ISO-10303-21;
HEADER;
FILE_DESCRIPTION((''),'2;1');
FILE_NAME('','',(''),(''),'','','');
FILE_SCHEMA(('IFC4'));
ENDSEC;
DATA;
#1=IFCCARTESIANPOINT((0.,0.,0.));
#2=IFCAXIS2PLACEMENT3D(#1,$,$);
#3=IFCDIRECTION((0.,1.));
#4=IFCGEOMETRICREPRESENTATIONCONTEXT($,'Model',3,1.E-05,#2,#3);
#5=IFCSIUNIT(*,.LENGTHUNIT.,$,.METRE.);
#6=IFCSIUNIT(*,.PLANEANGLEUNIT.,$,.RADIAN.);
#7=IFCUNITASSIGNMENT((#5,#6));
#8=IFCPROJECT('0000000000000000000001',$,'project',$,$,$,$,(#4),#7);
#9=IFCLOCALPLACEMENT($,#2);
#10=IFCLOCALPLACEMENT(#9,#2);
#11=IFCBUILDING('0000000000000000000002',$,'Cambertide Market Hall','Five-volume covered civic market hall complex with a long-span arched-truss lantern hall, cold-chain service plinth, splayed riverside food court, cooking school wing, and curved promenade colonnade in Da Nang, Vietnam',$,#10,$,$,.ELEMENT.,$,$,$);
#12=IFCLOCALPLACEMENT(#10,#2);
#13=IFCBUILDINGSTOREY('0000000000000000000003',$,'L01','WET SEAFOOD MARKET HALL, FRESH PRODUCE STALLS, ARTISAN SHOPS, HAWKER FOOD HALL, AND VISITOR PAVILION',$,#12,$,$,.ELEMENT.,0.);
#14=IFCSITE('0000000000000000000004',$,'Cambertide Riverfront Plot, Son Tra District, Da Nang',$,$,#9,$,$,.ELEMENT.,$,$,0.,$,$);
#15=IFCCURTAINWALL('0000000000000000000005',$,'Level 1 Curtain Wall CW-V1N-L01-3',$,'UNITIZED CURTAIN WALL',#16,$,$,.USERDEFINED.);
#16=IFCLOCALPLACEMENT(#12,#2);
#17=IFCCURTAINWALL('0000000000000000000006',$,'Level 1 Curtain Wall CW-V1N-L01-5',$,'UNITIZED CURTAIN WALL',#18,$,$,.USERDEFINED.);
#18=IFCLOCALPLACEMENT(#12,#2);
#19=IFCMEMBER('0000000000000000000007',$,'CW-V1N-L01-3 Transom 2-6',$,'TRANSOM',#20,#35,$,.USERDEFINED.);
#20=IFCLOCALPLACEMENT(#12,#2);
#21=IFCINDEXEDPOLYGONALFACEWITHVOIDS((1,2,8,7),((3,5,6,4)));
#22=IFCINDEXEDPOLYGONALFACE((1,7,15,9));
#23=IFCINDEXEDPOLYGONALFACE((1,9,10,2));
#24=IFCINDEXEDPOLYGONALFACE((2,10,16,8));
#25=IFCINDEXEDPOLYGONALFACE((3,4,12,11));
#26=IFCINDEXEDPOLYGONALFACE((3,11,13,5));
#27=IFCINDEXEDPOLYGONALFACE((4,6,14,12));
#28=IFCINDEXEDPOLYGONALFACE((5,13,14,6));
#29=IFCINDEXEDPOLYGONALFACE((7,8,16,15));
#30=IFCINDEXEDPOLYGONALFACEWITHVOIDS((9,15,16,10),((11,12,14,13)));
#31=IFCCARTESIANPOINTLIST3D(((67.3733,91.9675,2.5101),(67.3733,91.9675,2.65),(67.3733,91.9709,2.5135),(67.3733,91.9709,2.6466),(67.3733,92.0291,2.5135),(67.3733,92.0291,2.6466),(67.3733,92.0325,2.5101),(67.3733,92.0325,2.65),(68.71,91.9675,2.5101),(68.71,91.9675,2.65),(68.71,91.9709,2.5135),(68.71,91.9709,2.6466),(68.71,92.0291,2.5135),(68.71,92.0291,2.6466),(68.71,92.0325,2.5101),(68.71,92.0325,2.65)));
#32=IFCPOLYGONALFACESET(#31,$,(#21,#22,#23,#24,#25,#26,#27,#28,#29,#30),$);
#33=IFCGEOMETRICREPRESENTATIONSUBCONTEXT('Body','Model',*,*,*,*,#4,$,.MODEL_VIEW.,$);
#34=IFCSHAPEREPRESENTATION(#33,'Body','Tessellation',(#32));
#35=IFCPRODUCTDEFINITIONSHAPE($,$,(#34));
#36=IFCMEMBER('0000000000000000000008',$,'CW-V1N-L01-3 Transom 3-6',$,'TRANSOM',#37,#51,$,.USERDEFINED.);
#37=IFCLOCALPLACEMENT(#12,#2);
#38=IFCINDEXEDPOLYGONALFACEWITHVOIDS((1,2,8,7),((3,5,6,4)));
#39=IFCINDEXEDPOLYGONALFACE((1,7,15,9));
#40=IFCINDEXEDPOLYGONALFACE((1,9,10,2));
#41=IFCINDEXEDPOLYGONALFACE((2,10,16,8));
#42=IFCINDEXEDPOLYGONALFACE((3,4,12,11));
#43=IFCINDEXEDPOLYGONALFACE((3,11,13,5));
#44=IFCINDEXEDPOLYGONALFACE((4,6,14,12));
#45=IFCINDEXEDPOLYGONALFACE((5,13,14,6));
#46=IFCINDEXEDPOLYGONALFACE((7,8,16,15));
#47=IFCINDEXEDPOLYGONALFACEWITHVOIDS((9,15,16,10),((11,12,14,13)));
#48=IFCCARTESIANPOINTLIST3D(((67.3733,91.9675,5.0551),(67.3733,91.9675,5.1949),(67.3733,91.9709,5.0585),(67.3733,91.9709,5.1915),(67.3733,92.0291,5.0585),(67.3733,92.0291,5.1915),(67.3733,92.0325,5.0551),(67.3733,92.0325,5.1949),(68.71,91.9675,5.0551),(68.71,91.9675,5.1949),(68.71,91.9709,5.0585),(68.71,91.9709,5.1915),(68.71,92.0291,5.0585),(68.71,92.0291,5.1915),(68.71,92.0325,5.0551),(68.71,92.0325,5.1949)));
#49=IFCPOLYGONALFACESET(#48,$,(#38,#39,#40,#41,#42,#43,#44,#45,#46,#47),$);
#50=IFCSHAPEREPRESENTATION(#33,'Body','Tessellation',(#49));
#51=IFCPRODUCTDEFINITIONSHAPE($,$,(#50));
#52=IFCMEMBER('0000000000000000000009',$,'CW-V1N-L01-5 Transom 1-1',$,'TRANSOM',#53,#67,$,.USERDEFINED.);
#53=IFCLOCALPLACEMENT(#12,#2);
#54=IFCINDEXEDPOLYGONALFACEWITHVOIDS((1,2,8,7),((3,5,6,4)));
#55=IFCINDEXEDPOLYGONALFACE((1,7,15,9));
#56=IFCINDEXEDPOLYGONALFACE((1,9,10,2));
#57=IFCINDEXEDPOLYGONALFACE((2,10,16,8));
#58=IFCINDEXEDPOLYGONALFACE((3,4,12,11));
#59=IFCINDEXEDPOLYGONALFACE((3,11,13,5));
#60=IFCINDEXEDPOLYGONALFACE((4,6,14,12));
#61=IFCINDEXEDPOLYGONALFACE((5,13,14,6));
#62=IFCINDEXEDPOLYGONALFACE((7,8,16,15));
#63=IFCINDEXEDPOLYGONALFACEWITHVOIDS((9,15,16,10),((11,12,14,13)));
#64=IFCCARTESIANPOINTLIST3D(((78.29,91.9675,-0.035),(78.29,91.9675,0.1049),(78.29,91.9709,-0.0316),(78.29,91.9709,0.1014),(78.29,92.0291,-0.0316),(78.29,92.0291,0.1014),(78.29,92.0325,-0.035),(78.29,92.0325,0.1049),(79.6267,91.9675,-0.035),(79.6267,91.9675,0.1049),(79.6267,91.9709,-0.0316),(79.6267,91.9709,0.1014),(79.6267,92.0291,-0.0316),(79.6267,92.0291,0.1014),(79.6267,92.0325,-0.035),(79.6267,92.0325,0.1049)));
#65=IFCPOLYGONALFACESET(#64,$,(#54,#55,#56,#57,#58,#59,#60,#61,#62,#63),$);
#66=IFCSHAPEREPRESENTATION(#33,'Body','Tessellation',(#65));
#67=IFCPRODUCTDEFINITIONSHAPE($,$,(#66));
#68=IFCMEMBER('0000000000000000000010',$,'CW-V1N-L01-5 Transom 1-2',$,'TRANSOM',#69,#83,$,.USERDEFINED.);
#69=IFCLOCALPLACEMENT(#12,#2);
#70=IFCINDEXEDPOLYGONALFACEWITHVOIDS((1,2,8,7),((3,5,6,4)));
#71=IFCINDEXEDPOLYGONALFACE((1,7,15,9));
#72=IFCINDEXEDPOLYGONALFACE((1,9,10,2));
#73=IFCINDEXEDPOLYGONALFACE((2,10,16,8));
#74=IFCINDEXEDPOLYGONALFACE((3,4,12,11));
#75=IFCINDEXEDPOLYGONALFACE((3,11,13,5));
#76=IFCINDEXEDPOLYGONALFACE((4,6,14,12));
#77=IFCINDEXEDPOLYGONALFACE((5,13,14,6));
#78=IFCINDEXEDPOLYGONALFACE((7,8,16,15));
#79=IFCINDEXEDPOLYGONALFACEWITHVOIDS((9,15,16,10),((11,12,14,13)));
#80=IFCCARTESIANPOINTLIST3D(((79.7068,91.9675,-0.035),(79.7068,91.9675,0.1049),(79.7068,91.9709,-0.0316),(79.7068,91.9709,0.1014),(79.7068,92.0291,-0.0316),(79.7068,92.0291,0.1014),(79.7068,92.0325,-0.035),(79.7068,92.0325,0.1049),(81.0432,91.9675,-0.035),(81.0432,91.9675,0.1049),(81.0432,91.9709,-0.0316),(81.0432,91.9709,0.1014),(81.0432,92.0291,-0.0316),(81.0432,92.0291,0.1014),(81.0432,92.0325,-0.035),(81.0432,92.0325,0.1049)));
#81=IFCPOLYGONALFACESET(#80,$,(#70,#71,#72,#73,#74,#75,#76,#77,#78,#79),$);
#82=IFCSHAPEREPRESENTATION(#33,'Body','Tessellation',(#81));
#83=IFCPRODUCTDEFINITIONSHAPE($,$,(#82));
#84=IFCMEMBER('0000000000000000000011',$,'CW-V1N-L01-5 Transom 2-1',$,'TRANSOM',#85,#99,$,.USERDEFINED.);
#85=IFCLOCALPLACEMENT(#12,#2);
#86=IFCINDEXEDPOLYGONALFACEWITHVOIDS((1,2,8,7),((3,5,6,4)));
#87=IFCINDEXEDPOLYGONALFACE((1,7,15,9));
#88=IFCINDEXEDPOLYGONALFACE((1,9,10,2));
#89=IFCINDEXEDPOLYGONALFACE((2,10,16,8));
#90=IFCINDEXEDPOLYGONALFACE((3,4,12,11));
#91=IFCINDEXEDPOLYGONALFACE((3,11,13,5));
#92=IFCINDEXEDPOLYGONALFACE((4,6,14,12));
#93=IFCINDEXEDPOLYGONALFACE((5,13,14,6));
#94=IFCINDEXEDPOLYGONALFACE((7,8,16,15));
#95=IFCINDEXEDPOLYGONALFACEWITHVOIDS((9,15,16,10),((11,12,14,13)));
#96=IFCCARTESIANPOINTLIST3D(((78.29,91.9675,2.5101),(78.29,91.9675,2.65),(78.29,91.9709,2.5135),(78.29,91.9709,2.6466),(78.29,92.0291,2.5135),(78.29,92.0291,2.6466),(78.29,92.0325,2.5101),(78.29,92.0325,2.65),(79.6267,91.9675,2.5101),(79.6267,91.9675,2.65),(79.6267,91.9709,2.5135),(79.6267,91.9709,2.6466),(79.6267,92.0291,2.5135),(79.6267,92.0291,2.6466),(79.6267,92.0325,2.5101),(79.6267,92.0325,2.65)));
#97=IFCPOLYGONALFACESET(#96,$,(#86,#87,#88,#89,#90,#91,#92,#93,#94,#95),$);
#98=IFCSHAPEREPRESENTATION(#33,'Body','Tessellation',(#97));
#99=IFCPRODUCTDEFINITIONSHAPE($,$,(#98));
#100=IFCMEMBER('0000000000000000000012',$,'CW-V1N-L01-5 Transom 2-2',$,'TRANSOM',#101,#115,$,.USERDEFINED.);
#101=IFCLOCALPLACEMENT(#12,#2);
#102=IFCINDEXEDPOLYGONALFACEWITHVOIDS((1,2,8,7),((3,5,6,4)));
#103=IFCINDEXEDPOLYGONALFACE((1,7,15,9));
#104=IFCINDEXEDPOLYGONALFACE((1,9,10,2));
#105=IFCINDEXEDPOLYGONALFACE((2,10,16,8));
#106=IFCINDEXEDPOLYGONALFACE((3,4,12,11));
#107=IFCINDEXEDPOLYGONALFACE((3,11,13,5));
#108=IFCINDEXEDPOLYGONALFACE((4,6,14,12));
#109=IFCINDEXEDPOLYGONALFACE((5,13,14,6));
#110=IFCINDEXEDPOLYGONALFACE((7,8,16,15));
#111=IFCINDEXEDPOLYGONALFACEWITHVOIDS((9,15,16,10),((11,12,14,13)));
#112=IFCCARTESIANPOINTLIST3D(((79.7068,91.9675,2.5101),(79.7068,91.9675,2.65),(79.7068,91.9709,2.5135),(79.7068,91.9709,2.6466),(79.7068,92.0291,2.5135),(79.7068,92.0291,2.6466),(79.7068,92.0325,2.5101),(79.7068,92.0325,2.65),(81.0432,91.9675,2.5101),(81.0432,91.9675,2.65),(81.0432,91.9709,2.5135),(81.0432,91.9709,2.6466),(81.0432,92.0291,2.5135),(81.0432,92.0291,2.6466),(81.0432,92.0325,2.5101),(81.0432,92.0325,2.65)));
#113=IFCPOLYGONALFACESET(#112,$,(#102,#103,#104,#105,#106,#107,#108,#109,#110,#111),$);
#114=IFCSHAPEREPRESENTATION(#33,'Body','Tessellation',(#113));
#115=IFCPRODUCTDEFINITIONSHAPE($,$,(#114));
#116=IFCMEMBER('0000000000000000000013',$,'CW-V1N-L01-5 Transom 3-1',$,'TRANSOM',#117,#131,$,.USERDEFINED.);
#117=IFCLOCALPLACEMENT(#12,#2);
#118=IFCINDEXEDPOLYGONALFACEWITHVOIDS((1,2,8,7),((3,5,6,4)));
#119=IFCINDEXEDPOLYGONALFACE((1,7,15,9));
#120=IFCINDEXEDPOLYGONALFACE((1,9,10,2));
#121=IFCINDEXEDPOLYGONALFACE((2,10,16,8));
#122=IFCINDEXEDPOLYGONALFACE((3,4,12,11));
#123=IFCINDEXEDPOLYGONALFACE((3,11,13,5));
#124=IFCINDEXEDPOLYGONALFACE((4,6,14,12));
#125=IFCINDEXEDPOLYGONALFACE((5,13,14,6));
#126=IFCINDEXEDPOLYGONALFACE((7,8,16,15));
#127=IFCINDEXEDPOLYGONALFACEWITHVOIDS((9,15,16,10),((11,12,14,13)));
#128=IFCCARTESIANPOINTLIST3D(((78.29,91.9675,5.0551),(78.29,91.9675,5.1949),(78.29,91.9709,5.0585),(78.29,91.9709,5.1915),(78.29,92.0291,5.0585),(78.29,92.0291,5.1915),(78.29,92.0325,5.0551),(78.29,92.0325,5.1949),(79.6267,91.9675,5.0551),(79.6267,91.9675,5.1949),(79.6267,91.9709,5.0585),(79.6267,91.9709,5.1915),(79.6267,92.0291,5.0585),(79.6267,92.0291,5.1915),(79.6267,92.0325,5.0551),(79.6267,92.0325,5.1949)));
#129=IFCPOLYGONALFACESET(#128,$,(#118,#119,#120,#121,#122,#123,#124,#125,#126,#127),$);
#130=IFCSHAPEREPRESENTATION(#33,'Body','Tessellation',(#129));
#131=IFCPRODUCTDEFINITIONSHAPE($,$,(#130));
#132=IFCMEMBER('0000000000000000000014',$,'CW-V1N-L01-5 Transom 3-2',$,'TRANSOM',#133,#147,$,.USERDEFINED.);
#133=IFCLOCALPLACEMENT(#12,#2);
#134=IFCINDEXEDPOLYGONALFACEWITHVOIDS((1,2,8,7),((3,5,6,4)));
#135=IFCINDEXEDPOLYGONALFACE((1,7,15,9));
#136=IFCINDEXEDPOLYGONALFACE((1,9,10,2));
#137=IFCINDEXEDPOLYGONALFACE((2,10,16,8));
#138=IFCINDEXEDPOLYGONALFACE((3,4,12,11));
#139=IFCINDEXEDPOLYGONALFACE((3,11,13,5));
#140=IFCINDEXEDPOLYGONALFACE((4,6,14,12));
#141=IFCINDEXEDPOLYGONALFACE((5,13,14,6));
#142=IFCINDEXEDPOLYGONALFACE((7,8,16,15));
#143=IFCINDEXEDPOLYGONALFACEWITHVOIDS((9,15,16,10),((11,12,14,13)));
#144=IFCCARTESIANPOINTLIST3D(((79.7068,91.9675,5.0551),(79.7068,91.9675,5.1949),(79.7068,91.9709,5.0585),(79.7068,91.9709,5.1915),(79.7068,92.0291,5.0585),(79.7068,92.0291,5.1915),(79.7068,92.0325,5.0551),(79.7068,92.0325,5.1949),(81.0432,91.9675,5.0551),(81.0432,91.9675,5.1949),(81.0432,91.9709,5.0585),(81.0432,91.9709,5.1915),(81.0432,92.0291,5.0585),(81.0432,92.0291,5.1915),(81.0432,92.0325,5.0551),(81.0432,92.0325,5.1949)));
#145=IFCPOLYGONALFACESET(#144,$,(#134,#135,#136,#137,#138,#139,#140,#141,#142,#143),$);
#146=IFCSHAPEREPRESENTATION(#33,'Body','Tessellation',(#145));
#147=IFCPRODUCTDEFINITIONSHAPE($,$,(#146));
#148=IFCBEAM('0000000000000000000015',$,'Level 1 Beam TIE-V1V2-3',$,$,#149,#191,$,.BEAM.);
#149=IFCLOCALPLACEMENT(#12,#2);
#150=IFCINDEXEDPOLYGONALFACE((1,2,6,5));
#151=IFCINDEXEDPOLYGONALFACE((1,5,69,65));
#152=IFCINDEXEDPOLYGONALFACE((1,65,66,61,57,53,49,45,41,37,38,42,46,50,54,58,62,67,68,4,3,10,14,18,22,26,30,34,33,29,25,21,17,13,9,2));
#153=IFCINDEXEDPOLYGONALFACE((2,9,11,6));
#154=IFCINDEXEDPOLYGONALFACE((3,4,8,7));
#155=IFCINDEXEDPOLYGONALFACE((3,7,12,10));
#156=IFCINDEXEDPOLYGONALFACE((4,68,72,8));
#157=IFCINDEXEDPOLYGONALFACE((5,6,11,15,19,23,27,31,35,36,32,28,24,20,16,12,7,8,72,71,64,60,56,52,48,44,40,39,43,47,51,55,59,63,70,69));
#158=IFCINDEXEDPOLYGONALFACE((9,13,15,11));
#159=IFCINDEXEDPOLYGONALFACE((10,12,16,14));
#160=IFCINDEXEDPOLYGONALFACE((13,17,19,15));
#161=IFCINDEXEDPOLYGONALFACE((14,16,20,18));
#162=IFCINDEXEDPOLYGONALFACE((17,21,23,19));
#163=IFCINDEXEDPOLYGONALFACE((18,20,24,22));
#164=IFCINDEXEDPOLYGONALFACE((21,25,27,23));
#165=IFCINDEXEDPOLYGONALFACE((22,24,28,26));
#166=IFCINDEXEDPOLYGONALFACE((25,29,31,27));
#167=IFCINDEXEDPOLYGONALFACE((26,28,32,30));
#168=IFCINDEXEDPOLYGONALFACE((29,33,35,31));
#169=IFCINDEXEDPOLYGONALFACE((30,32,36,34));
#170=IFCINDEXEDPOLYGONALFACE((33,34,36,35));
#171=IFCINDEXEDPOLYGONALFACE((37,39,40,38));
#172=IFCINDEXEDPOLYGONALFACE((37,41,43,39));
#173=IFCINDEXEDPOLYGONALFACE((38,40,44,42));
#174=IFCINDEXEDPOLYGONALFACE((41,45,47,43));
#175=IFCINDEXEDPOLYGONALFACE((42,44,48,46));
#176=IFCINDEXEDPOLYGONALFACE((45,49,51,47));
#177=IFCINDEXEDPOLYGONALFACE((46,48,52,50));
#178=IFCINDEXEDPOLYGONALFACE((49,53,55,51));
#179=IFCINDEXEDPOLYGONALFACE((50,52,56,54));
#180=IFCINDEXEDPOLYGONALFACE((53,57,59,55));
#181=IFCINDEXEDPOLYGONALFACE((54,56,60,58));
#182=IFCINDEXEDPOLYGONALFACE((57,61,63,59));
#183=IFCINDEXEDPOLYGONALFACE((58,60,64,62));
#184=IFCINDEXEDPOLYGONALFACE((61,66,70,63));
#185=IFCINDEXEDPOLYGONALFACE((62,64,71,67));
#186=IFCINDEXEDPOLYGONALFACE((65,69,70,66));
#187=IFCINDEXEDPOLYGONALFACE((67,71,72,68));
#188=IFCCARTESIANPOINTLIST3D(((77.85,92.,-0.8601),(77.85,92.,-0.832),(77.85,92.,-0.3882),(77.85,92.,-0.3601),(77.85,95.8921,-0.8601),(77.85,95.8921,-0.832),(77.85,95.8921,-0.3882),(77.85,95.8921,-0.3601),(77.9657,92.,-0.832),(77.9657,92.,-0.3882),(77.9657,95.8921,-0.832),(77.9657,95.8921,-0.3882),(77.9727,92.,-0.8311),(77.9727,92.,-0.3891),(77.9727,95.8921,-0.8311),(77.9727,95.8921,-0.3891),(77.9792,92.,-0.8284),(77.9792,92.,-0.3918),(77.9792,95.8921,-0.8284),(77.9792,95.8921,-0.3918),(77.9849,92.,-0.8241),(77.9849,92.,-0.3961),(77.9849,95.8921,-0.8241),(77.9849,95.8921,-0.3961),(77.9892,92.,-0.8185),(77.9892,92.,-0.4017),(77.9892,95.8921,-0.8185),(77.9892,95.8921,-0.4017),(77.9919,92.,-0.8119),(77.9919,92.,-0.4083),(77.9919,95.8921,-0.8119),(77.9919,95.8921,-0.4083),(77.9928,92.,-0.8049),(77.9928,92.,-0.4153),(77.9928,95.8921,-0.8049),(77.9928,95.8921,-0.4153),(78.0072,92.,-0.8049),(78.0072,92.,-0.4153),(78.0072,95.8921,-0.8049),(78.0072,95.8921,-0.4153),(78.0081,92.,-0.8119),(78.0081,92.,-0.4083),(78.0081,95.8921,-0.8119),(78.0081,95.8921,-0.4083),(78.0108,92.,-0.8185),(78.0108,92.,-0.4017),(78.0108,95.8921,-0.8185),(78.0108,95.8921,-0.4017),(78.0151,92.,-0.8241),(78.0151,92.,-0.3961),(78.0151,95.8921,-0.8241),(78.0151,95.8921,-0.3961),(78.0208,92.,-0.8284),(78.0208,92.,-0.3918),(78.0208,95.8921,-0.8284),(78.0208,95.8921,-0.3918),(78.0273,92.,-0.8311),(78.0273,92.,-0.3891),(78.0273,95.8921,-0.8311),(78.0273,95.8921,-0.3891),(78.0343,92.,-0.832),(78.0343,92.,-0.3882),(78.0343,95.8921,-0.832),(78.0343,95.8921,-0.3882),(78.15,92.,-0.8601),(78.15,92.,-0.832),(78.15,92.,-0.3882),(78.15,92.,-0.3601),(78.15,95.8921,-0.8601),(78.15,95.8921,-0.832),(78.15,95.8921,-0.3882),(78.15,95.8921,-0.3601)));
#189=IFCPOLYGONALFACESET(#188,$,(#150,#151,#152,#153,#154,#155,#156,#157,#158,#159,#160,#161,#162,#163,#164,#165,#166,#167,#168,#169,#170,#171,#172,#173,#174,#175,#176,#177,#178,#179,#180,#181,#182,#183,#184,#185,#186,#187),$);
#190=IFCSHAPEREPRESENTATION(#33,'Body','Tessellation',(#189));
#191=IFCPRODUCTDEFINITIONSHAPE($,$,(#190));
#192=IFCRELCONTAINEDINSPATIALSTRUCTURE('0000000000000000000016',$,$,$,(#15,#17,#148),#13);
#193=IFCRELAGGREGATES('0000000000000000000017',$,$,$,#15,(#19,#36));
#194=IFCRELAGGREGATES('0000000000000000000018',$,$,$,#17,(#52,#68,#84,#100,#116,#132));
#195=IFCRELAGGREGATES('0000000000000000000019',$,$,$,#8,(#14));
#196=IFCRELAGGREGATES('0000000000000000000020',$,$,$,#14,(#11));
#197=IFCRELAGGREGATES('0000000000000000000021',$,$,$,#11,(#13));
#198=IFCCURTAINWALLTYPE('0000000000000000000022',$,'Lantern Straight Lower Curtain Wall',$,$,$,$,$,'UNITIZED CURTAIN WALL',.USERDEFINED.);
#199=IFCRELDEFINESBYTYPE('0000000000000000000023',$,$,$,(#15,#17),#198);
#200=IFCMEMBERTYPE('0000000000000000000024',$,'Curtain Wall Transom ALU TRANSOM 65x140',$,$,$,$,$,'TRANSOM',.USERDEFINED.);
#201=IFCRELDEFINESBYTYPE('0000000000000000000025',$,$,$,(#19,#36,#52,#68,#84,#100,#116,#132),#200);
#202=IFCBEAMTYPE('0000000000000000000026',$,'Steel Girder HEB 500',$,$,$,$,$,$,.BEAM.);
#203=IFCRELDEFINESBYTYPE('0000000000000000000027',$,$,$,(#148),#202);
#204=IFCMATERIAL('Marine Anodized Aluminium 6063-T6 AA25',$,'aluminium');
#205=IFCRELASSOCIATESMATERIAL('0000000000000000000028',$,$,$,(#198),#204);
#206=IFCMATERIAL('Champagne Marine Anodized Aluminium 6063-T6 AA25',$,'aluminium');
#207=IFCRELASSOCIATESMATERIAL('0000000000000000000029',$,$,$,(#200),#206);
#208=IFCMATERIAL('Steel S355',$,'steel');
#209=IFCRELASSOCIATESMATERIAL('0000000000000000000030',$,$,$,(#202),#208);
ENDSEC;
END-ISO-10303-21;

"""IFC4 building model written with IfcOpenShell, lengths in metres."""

from ifc_helpers import new_model, si_unit, direction, frame, origin, origin_2d, place, context, subcontext, project, spatial, hollow_rectangle, i_section, extrude, material, material_profile, profile_set, type_object, element, aggregate, save


model = new_model("IFC4")

# Units and contexts
model_context = context("Model", 3, precision=1e-05, world=origin(), true_north=direction((0.0, 1.0)))
body_context = subcontext(model_context, "Body", "Model", "MODEL_VIEW")
ifc_project = project(units=[si_unit("LENGTHUNIT", "METRE"), si_unit("PLANEANGLEUNIT", "RADIAN")], contexts=[model_context])

# Site, building, storey
site_placement = place(None, origin())
site = spatial("IfcSite", under=ifc_project, at=site_placement, Name="Cambertide Riverfront Plot, Son Tra District, Da Nang", CompositionType="ELEMENT", RefElevation=0.0)
building_placement = place(site_placement, origin())
building = spatial("IfcBuilding", under=site, at=building_placement, Name="Cambertide Market Hall", Description="Five-volume covered civic market hall complex with a long-span arched-truss lantern hall, cold-chain service plinth, splayed riverside food court, cooking school wing, and curved promenade colonnade in Da Nang, Vietnam", CompositionType="ELEMENT")
storey_placement = place(building_placement, origin())
storey = spatial("IfcBuildingStorey", under=building, at=storey_placement, Name="L01", Description="WET SEAFOOD MARKET HALL, FRESH PRODUCE STALLS, ARTISAN SHOPS, HAWKER FOOD HALL, AND VISITOR PAVILION", CompositionType="ELEMENT", Elevation=0.0)

# Curtain walls
ifc_material_1 = material(Name="Marine Anodized Aluminium 6063-T6 AA25", Category="aluminium")
curtain_wall_type = type_object("IfcCurtainWallType", Name="Lantern Straight Lower Curtain Wall", ElementType="UNITIZED CURTAIN WALL", PredefinedType="USERDEFINED", material=ifc_material_1)
curtain_wall_1_placement = place(storey_placement, origin())
curtain_wall_1 = element("IfcCurtainWall", 1, at=curtain_wall_1_placement, inside=storey, type_object=curtain_wall_type, Name="Level 1 Curtain Wall CW-V1N-L01-3", ObjectType="UNITIZED CURTAIN WALL", PredefinedType="USERDEFINED")
curtain_wall_2_placement = place(storey_placement, origin())
curtain_wall_2 = element("IfcCurtainWall", 2, at=curtain_wall_2_placement, inside=storey, type_object=curtain_wall_type, Name="Level 1 Curtain Wall CW-V1N-L01-5", ObjectType="UNITIZED CURTAIN WALL", PredefinedType="USERDEFINED")

# Members
ifc_material_2 = material(Name="Champagne Marine Anodized Aluminium 6063-T6 AA25", Category="aluminium")
ifc_material_profile_1 = material_profile(ifc_material_2, hollow_rectangle(XDim=0.0649, YDim=0.1399, WallThickness=0.0034, at=origin_2d()), Name="ALU TRANSOM 65x140")
ifc_profile_set_1 = profile_set([ifc_material_profile_1], Name="Champagne Marine Anodized Aluminium 6063-T6 AA25")
member_type_1 = type_object("IfcMemberType", Name="Curtain Wall Transom ALU TRANSOM 65x140", ElementType="TRANSOM", PredefinedType="USERDEFINED", material=ifc_profile_set_1)
member_1_placement = place(storey_placement, frame((67.3733, 92.0, 2.5801), z_axis=(1.0, 0.0, 0.0), x_axis=(0.0, 1.0, 0.0)))
member_1 = element("IfcMember", 3, at=member_1_placement, type_object=member_type_1, Name="CW-V1N-L01-3 Transom 2-6", ObjectType="TRANSOM", PredefinedType="USERDEFINED", context=body_context, shape_type="SweptSolid", body=[
    extrude(hollow_rectangle(XDim=0.0649, YDim=0.1399, WallThickness=0.0034, at=origin_2d()), origin(), (0.0, 0.0, 1.0), 1.3367),
])
member_2_placement = place(storey_placement, frame((67.3733, 92.0, 5.125), z_axis=(1.0, 0.0, 0.0), x_axis=(0.0, 1.0, 0.0)))
member_2 = element("IfcMember", 4, at=member_2_placement, type_object=member_type_1, Name="CW-V1N-L01-3 Transom 3-6", ObjectType="TRANSOM", PredefinedType="USERDEFINED", context=body_context, shape_type="SweptSolid", body=[
    extrude(hollow_rectangle(XDim=0.0649, YDim=0.1399, WallThickness=0.0034, at=origin_2d()), origin(), (0.0, 0.0, 1.0), 1.3367),
])
member_3_placement = place(storey_placement, frame((78.29, 92.0, 0.0349), z_axis=(1.0, 0.0, 0.0), x_axis=(0.0, 1.0, 0.0)))
member_3 = element("IfcMember", 5, at=member_3_placement, type_object=member_type_1, Name="CW-V1N-L01-5 Transom 1-1", ObjectType="TRANSOM", PredefinedType="USERDEFINED", context=body_context, shape_type="SweptSolid", body=[
    extrude(hollow_rectangle(XDim=0.0649, YDim=0.1399, WallThickness=0.0034, at=origin_2d()), origin(), (0.0, 0.0, 1.0), 1.3367),
])
member_4_placement = place(storey_placement, frame((79.7068, 92.0, 0.0349), z_axis=(1.0, 0.0, 0.0), x_axis=(0.0, 1.0, 0.0)))
member_4 = element("IfcMember", 6, at=member_4_placement, type_object=member_type_1, Name="CW-V1N-L01-5 Transom 1-2", ObjectType="TRANSOM", PredefinedType="USERDEFINED", context=body_context, shape_type="SweptSolid", body=[
    extrude(hollow_rectangle(XDim=0.0649, YDim=0.1399, WallThickness=0.0034, at=origin_2d()), origin(), (0.0, 0.0, 1.0), 1.3364),
])
member_5_placement = place(storey_placement, frame((78.29, 92.0, 2.5801), z_axis=(1.0, 0.0, 0.0), x_axis=(0.0, 1.0, 0.0)))
member_5 = element("IfcMember", 7, at=member_5_placement, type_object=member_type_1, Name="CW-V1N-L01-5 Transom 2-1", ObjectType="TRANSOM", PredefinedType="USERDEFINED", context=body_context, shape_type="SweptSolid", body=[
    extrude(hollow_rectangle(XDim=0.0649, YDim=0.1399, WallThickness=0.0034, at=origin_2d()), origin(), (0.0, 0.0, 1.0), 1.3367),
])
member_6_placement = place(storey_placement, frame((79.7068, 92.0, 2.5801), z_axis=(1.0, 0.0, 0.0), x_axis=(0.0, 1.0, 0.0)))
member_6 = element("IfcMember", 8, at=member_6_placement, type_object=member_type_1, Name="CW-V1N-L01-5 Transom 2-2", ObjectType="TRANSOM", PredefinedType="USERDEFINED", context=body_context, shape_type="SweptSolid", body=[
    extrude(hollow_rectangle(XDim=0.0649, YDim=0.1399, WallThickness=0.0034, at=origin_2d()), origin(), (0.0, 0.0, 1.0), 1.3364),
])
member_7_placement = place(storey_placement, frame((78.29, 92.0, 5.125), z_axis=(1.0, 0.0, 0.0), x_axis=(0.0, 1.0, 0.0)))
member_7 = element("IfcMember", 9, at=member_7_placement, type_object=member_type_1, Name="CW-V1N-L01-5 Transom 3-1", ObjectType="TRANSOM", PredefinedType="USERDEFINED", context=body_context, shape_type="SweptSolid", body=[
    extrude(hollow_rectangle(XDim=0.0649, YDim=0.1399, WallThickness=0.0034, at=origin_2d()), origin(), (0.0, 0.0, 1.0), 1.3367),
])
member_8_placement = place(storey_placement, frame((79.7068, 92.0, 5.125), z_axis=(1.0, 0.0, 0.0), x_axis=(0.0, 1.0, 0.0)))
member_8 = element("IfcMember", 10, at=member_8_placement, type_object=member_type_1, Name="CW-V1N-L01-5 Transom 3-2", ObjectType="TRANSOM", PredefinedType="USERDEFINED", context=body_context, shape_type="SweptSolid", body=[
    extrude(hollow_rectangle(XDim=0.0649, YDim=0.1399, WallThickness=0.0034, at=origin_2d()), origin(), (0.0, 0.0, 1.0), 1.3364),
])

# Beam
ifc_material_3 = material(Name="Steel S355", Category="steel")
ifc_material_profile_2 = material_profile(ifc_material_3, i_section(OverallWidth=0.3, OverallDepth=0.5, WebThickness=0.0144, FlangeThickness=0.0281, FilletRadius=0.0271, at=origin_2d()), Name="HEB 500")
ifc_profile_set_2 = profile_set([ifc_material_profile_2], Name="Steel S355")
beam_type_1 = type_object("IfcBeamType", Name="Steel Girder HEB 500", PredefinedType="BEAM", material=ifc_profile_set_2)
beam_placement = place(storey_placement, frame((78.0, 92.0, -0.6101), z_axis=(0.0, 1.0, 0.0), x_axis=(-1.0, 0.0, 0.0)))
element("IfcBeam", 11, at=beam_placement, inside=storey, type_object=beam_type_1, Name="Level 1 Beam TIE-V1V2-3", PredefinedType="BEAM", context=body_context, shape_type="SweptSolid", body=[
    extrude(i_section(OverallWidth=0.3, OverallDepth=0.5, WebThickness=0.0144, FlangeThickness=0.0281, FilletRadius=0.0271, at=origin_2d()), origin(), (0.0, 0.0, 1.0), 3.8921),
])

aggregate(curtain_wall_1, [member_1, member_2])
aggregate(curtain_wall_2, [member_3, member_4, member_5, member_6, member_7, member_8])

save(model, "model.ifc")
